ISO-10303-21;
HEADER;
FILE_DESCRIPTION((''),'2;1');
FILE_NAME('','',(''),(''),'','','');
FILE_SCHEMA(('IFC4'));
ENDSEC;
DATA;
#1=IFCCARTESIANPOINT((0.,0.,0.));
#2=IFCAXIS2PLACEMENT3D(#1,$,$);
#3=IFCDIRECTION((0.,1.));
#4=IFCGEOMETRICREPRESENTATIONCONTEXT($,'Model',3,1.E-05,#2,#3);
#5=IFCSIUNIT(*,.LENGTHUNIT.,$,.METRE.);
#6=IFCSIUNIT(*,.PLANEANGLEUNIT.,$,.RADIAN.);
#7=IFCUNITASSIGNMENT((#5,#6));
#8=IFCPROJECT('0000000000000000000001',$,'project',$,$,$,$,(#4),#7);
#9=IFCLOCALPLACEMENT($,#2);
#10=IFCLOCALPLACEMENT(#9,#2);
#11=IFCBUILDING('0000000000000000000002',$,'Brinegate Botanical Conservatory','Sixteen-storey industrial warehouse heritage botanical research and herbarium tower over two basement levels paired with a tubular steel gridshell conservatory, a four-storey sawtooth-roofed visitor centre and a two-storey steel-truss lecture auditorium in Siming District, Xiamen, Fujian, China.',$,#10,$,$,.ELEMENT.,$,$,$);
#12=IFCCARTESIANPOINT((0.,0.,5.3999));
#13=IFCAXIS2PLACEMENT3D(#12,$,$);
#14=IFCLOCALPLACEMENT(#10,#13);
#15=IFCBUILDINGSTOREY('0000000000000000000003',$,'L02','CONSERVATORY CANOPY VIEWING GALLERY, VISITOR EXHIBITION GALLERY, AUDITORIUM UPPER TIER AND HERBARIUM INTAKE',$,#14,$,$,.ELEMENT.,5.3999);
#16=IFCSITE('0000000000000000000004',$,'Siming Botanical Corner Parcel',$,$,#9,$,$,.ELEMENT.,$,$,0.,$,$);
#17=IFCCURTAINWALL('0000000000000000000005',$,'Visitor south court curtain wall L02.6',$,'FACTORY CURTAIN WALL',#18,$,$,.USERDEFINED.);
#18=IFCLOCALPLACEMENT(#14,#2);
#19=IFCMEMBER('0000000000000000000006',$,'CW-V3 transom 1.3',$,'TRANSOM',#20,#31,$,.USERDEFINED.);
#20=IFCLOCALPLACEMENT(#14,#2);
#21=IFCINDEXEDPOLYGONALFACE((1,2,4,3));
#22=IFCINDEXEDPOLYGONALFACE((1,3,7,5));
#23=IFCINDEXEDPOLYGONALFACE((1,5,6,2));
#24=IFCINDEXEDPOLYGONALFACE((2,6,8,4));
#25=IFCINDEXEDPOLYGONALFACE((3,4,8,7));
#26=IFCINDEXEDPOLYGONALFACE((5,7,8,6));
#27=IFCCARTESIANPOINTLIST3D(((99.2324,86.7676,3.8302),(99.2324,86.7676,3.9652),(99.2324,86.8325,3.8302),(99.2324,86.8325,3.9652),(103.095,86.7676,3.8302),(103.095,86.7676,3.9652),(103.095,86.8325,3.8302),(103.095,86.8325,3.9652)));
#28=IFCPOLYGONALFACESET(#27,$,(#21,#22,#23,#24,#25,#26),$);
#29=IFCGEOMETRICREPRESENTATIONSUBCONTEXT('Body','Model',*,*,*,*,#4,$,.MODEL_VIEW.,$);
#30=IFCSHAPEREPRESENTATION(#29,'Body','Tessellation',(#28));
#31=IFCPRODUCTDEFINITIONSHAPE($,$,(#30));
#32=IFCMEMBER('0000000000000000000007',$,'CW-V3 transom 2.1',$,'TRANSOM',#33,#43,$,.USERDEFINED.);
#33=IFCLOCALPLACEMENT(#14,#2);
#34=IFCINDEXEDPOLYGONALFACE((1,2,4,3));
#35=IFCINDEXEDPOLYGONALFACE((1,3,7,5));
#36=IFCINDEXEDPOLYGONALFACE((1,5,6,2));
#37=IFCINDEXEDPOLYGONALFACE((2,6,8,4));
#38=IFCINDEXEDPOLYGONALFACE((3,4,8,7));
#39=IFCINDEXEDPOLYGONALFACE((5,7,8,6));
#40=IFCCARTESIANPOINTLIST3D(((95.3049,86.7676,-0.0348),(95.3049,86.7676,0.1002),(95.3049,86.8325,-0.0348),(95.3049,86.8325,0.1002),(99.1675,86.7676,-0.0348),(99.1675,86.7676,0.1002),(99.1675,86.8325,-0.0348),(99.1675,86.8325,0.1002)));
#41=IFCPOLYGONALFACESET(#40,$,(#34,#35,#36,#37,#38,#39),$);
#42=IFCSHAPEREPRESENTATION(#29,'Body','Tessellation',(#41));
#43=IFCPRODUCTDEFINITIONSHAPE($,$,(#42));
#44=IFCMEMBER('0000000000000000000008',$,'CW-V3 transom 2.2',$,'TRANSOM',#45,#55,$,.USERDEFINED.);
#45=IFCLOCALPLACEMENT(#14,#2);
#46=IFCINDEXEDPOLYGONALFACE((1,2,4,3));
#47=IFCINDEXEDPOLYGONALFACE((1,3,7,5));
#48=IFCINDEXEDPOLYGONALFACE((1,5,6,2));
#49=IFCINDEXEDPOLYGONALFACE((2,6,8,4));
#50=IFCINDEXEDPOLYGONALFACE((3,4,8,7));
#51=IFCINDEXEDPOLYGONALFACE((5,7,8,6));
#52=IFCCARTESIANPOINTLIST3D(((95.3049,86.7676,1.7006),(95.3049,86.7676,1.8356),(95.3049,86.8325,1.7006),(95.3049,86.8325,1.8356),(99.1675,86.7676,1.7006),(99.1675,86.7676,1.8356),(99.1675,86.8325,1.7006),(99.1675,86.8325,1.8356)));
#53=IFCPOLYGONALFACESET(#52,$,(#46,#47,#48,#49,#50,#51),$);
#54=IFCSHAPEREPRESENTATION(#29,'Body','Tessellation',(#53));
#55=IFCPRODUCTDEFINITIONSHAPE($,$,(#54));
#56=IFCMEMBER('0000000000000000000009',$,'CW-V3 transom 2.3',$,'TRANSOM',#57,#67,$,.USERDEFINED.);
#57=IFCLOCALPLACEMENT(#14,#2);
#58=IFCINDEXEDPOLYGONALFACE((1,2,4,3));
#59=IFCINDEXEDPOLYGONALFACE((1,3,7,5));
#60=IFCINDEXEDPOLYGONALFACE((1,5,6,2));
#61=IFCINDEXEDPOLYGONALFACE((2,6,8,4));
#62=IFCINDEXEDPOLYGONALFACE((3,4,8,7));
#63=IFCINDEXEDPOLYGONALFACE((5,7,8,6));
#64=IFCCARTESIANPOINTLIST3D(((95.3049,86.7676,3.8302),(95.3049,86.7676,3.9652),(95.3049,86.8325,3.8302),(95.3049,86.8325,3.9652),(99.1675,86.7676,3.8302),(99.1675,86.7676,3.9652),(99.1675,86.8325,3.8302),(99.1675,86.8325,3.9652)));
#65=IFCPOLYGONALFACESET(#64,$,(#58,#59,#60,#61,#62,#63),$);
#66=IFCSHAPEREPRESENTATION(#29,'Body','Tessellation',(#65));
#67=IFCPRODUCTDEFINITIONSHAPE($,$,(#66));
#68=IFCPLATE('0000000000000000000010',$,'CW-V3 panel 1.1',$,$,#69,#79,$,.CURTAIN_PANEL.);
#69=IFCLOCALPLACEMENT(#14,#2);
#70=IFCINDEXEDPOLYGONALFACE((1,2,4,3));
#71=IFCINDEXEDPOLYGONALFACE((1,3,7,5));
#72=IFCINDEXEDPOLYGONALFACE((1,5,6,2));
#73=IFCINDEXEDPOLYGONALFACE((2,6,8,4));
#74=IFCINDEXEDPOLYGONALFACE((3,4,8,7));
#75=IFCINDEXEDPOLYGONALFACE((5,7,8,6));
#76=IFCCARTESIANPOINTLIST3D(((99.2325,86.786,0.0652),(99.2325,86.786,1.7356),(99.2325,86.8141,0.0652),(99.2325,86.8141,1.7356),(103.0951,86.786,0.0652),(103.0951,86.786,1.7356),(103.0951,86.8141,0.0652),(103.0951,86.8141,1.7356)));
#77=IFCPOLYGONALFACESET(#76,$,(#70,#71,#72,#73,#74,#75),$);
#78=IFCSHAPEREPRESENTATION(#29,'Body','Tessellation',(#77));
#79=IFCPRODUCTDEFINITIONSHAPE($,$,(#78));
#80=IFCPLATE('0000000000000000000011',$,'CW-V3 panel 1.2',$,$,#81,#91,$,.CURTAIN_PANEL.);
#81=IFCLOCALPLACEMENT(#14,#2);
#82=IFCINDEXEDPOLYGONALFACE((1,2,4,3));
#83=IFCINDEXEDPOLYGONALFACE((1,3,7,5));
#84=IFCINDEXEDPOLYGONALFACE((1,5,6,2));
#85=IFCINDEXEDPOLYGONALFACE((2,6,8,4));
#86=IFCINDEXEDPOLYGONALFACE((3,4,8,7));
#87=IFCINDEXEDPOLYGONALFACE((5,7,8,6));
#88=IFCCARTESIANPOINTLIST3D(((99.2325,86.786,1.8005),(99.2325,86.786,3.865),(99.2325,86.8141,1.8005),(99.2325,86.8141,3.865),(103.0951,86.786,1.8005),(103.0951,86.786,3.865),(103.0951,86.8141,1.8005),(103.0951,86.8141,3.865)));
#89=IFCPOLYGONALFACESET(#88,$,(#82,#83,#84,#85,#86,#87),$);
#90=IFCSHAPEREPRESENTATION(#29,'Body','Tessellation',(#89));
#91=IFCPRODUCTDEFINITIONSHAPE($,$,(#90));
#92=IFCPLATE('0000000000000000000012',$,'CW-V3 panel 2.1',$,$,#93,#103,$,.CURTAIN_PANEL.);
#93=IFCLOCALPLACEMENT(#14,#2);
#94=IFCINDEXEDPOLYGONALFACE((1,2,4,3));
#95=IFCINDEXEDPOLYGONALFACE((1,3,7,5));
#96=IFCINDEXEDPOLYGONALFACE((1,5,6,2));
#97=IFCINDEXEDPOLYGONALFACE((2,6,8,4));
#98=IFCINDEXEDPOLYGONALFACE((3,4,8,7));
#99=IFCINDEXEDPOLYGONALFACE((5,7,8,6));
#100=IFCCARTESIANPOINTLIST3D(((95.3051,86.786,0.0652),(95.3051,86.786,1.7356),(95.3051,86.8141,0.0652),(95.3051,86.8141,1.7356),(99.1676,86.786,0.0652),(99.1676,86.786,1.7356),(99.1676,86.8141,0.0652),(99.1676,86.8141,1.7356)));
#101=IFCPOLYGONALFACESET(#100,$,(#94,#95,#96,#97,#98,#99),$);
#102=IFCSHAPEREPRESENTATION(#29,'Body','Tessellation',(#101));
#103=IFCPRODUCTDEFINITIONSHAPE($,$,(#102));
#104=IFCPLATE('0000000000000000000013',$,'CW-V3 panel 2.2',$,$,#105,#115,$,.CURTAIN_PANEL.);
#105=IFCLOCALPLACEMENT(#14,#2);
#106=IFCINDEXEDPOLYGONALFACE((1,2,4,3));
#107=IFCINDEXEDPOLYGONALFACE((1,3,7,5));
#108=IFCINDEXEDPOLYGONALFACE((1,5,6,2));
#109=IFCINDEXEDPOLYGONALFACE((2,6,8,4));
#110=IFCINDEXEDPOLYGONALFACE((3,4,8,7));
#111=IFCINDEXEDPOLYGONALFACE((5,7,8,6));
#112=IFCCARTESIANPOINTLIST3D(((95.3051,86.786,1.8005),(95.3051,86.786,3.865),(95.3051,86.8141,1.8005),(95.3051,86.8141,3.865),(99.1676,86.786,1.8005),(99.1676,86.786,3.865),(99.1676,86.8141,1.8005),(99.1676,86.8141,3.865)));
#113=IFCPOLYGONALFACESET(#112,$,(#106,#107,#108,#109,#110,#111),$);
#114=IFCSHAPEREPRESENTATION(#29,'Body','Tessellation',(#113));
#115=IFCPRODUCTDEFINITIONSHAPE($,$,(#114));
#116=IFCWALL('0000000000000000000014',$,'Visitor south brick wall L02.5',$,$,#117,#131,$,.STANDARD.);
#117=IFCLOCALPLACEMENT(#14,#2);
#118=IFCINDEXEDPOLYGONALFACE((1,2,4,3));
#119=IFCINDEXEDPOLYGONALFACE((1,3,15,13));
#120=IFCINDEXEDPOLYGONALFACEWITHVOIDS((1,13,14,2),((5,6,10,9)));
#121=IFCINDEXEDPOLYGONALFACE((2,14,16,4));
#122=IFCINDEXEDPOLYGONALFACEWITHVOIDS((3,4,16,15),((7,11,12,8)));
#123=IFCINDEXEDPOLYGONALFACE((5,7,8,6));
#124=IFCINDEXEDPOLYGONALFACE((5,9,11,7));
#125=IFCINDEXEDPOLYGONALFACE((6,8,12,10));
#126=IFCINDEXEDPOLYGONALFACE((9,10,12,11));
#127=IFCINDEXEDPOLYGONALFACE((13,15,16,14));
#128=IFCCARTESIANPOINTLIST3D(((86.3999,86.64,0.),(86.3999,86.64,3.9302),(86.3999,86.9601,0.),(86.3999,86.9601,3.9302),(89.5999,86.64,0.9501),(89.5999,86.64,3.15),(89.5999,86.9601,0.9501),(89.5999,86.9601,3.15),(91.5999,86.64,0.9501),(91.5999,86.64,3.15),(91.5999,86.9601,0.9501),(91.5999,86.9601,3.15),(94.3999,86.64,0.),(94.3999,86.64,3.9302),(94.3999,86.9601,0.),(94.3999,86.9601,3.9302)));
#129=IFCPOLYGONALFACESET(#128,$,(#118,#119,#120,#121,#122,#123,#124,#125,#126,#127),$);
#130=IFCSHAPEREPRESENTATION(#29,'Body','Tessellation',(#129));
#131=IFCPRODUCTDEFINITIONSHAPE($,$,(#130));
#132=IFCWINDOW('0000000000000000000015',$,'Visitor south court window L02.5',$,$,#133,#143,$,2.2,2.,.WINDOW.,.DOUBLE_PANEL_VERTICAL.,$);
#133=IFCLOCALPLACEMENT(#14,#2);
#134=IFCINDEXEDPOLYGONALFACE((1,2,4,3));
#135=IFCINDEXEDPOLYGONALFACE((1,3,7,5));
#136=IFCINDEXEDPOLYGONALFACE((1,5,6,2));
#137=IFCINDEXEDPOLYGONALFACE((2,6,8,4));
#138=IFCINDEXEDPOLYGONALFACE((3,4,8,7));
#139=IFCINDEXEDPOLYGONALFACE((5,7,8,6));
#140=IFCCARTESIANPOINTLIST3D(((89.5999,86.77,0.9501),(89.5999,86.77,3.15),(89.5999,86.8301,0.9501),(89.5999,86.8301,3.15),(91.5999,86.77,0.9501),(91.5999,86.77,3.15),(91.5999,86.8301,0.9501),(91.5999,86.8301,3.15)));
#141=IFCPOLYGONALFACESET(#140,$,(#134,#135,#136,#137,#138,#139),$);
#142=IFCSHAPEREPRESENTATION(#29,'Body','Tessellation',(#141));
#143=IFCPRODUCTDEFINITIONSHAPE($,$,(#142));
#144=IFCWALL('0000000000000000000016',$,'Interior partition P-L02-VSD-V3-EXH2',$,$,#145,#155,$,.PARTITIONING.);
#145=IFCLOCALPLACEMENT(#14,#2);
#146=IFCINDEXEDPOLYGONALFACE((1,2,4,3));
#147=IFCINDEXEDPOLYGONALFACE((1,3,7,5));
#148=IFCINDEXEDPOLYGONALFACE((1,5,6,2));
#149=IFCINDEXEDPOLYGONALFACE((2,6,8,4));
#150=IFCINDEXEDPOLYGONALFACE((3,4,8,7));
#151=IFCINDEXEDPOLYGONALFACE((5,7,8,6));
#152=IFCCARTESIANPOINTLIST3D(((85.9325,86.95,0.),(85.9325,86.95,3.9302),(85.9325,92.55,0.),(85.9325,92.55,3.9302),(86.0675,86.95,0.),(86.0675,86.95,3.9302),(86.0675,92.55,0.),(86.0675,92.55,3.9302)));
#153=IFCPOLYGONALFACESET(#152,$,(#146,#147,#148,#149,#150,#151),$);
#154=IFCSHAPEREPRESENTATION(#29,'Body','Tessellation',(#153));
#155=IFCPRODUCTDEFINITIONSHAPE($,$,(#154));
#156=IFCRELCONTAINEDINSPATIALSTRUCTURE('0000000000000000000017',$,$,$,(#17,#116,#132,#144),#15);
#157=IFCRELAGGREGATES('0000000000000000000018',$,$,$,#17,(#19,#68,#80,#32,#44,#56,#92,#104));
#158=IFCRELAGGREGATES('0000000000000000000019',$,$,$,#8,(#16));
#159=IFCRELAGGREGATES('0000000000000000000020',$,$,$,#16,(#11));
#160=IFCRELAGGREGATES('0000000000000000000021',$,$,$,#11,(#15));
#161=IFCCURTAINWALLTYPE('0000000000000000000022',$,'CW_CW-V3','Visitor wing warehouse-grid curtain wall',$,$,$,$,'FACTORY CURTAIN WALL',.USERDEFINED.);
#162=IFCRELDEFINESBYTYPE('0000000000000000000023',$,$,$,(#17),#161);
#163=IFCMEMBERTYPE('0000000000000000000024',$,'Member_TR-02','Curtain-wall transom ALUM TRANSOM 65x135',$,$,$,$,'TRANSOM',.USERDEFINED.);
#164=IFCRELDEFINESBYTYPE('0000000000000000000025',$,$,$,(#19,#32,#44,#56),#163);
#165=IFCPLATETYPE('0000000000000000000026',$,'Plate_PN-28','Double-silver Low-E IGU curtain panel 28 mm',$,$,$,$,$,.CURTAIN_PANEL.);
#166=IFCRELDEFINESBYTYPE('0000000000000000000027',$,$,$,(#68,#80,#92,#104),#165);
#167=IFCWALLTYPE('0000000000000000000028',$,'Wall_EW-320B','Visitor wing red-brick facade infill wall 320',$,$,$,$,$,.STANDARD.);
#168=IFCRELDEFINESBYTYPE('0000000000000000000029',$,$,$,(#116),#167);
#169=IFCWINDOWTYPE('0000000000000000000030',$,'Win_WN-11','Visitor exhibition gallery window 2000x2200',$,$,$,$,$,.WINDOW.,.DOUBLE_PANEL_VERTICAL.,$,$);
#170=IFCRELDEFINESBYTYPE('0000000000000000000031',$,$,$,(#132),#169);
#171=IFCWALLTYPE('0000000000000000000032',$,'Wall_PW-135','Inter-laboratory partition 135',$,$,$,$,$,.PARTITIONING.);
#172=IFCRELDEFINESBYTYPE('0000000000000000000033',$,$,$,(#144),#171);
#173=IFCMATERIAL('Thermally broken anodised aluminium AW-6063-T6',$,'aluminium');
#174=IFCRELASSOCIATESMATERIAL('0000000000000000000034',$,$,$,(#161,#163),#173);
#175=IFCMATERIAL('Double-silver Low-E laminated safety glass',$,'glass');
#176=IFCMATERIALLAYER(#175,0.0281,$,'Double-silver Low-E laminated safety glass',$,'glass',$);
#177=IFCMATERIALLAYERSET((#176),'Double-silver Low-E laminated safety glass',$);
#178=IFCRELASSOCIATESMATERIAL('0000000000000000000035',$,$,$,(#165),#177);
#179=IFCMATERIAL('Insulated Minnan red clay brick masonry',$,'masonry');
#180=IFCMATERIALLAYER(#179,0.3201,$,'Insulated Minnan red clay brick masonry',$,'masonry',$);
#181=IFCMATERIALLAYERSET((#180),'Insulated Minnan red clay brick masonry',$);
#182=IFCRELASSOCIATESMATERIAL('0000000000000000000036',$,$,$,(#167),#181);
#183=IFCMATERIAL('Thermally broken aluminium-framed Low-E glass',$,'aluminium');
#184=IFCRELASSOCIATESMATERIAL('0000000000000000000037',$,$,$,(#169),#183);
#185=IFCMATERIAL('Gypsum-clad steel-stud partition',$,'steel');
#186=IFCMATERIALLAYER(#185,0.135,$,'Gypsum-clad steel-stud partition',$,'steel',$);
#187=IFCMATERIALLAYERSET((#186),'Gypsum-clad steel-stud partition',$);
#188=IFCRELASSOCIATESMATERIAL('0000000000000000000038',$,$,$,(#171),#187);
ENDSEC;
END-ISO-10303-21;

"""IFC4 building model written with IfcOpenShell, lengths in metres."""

from ifc_helpers import new_model, si_unit, direction, frame, frame_2d, origin, origin_2d, place, context, subcontext, project, spatial, rectangle, extrude, material, layer, layer_set, material_profile, profile_set, type_object, element, fill, aggregate, save


model = new_model("IFC4")

# Units and contexts
model_context = context("Model", 3, precision=1e-05, world=origin(), true_north=direction((0.0, 1.0)))
body_context = subcontext(model_context, "Body", "Model", "MODEL_VIEW")
ifc_project = project(units=[si_unit("LENGTHUNIT", "METRE"), si_unit("PLANEANGLEUNIT", "RADIAN")], contexts=[model_context])

# Site, building, storey
site_placement = place(None, origin())
site = spatial("IfcSite", under=ifc_project, at=site_placement, Name="Siming Botanical Corner Parcel", CompositionType="ELEMENT", RefElevation=0.0)
building_placement = place(site_placement, origin())
building = spatial("IfcBuilding", under=site, at=building_placement, Name="Brinegate Botanical Conservatory", Description="Sixteen-storey industrial warehouse heritage botanical research and herbarium tower over two basement levels paired with a tubular steel gridshell conservatory, a four-storey sawtooth-roofed visitor centre and a two-storey steel-truss lecture auditorium in Siming District, Xiamen, Fujian, China.", CompositionType="ELEMENT")
storey_placement = place(building_placement, frame((0.0, 0.0, 5.3999)))
storey = spatial("IfcBuildingStorey", under=building, at=storey_placement, Name="L02", Description="CONSERVATORY CANOPY VIEWING GALLERY, VISITOR EXHIBITION GALLERY, AUDITORIUM UPPER TIER AND HERBARIUM INTAKE", CompositionType="ELEMENT", Elevation=5.3999)

# Curtain wall, members, plates
ifc_material_1 = material(Name="Thermally broken anodised aluminium AW-6063-T6", Category="aluminium")
curtain_wall_type = type_object("IfcCurtainWallType", Name="CW_CW-V3", Description="Visitor wing warehouse-grid curtain wall", ElementType="FACTORY CURTAIN WALL", PredefinedType="USERDEFINED", material=ifc_material_1)
curtain_wall_placement = place(storey_placement, origin())
curtain_wall = element("IfcCurtainWall", 1, at=curtain_wall_placement, inside=storey, type_object=curtain_wall_type, Name="Visitor south court curtain wall L02.6", ObjectType="FACTORY CURTAIN WALL", PredefinedType="USERDEFINED")
ifc_material_profile_1 = material_profile(ifc_material_1, rectangle(XDim=0.0649, YDim=0.135, at=origin_2d()), Name="ALUM TRANSOM 65x135")
ifc_profile_set_1 = profile_set([ifc_material_profile_1], Name="Thermally broken anodised aluminium AW-6063-T6")
member_type_1 = type_object("IfcMemberType", Name="Member_TR-02", Description="Curtain-wall transom ALUM TRANSOM 65x135", ElementType="TRANSOM", PredefinedType="USERDEFINED", material=ifc_profile_set_1)
member_1_placement = place(storey_placement, frame((103.095, 86.8, 3.8977), z_axis=(-1.0, 0.0, 0.0), x_axis=(0.0, -1.0, 0.0)))
member_1 = element("IfcMember", 2, at=member_1_placement, type_object=member_type_1, Name="CW-V3 transom 1.3", ObjectType="TRANSOM", PredefinedType="USERDEFINED", context=body_context, shape_type="SweptSolid", body=[
    extrude(rectangle(XDim=0.0649, YDim=0.135, at=origin_2d()), origin(), (0.0, 0.0, 1.0), 3.8625),
])
member_2_placement = place(storey_placement, frame((99.1675, 86.8, 0.0327), z_axis=(-1.0, 0.0, 0.0), x_axis=(0.0, -1.0, 0.0)))
member_2 = element("IfcMember", 3, at=member_2_placement, type_object=member_type_1, Name="CW-V3 transom 2.1", ObjectType="TRANSOM", PredefinedType="USERDEFINED", context=body_context, shape_type="SweptSolid", body=[
    extrude(rectangle(XDim=0.0649, YDim=0.135, at=origin_2d()), origin(), (0.0, 0.0, 1.0), 3.8625),
])
member_3_placement = place(storey_placement, frame((99.1675, 86.8, 1.7681), z_axis=(-1.0, 0.0, 0.0), x_axis=(0.0, -1.0, 0.0)))
member_3 = element("IfcMember", 4, at=member_3_placement, type_object=member_type_1, Name="CW-V3 transom 2.2", ObjectType="TRANSOM", PredefinedType="USERDEFINED", context=body_context, shape_type="SweptSolid", body=[
    extrude(rectangle(XDim=0.0649, YDim=0.135, at=origin_2d()), origin(), (0.0, 0.0, 1.0), 3.8625),
])
member_4_placement = place(storey_placement, frame((99.1675, 86.8, 3.8977), z_axis=(-1.0, 0.0, 0.0), x_axis=(0.0, -1.0, 0.0)))
member_4 = element("IfcMember", 5, at=member_4_placement, type_object=member_type_1, Name="CW-V3 transom 2.3", ObjectType="TRANSOM", PredefinedType="USERDEFINED", context=body_context, shape_type="SweptSolid", body=[
    extrude(rectangle(XDim=0.0649, YDim=0.135, at=origin_2d()), origin(), (0.0, 0.0, 1.0), 3.8625),
])
ifc_material_2 = material(Name="Double-silver Low-E laminated safety glass", Category="glass")
ifc_layer_1 = layer(ifc_material_2, 0.0281, Name="Double-silver Low-E laminated safety glass", Category="glass")
ifc_layer_set_1 = layer_set([ifc_layer_1], Name="Double-silver Low-E laminated safety glass")
plate_type = type_object("IfcPlateType", Name="Plate_PN-28", Description="Double-silver Low-E IGU curtain panel 28 mm", PredefinedType="CURTAIN_PANEL", material=ifc_layer_set_1)
plate_1_placement = place(storey_placement, frame((101.1638, 86.8, 0.0652), z_axis=(0.0, 0.0, 1.0), x_axis=(-1.0, 0.0, 0.0)))
plate_1 = element("IfcPlate", 6, at=plate_1_placement, type_object=plate_type, Name="CW-V3 panel 1.1", PredefinedType="CURTAIN_PANEL", context=body_context, shape_type="SweptSolid", body=[
    extrude(rectangle(XDim=3.8625, YDim=0.0281, at=origin_2d()), origin(), (0.0, 0.0, 1.0), 1.6704),
])
plate_2_placement = place(storey_placement, frame((101.1638, 86.8, 1.8005), z_axis=(0.0, 0.0, 1.0), x_axis=(-1.0, 0.0, 0.0)))
plate_2 = element("IfcPlate", 7, at=plate_2_placement, type_object=plate_type, Name="CW-V3 panel 1.2", PredefinedType="CURTAIN_PANEL", context=body_context, shape_type="SweptSolid", body=[
    extrude(rectangle(XDim=3.8625, YDim=0.0281, at=origin_2d()), origin(), (0.0, 0.0, 1.0), 2.0645),
])
plate_3_placement = place(storey_placement, frame((97.2363, 86.8, 0.0652), z_axis=(0.0, 0.0, 1.0), x_axis=(-1.0, 0.0, 0.0)))
plate_3 = element("IfcPlate", 8, at=plate_3_placement, type_object=plate_type, Name="CW-V3 panel 2.1", PredefinedType="CURTAIN_PANEL", context=body_context, shape_type="SweptSolid", body=[
    extrude(rectangle(XDim=3.8625, YDim=0.0281, at=origin_2d()), origin(), (0.0, 0.0, 1.0), 1.6704),
])
plate_4_placement = place(storey_placement, frame((97.2363, 86.8, 1.8005), z_axis=(0.0, 0.0, 1.0), x_axis=(-1.0, 0.0, 0.0)))
plate_4 = element("IfcPlate", 9, at=plate_4_placement, type_object=plate_type, Name="CW-V3 panel 2.2", PredefinedType="CURTAIN_PANEL", context=body_context, shape_type="SweptSolid", body=[
    extrude(rectangle(XDim=3.8625, YDim=0.0281, at=origin_2d()), origin(), (0.0, 0.0, 1.0), 2.0645),
])
aggregate(curtain_wall, [member_1, plate_1, plate_2, member_2, member_3, member_4, plate_3, plate_4])

# Wall, opening, window
ifc_material_3 = material(Name="Insulated Minnan red clay brick masonry", Category="masonry")
ifc_layer_2 = layer(ifc_material_3, 0.3201, Name="Insulated Minnan red clay brick masonry", Category="masonry")
ifc_layer_set_2 = layer_set([ifc_layer_2], Name="Insulated Minnan red clay brick masonry")
wall_type_1 = type_object("IfcWallType", Name="Wall_EW-320B", Description="Visitor wing red-brick facade infill wall 320", PredefinedType="STANDARD", material=ifc_layer_set_2)
wall_1_placement = place(storey_placement, frame((94.3999, 86.8, 0.0), z_axis=(0.0, 0.0, 1.0), x_axis=(-1.0, 0.0, 0.0)))
wall_1 = element("IfcWall", 10, at=wall_1_placement, inside=storey, type_object=wall_type_1, Name="Visitor south brick wall L02.5", PredefinedType="STANDARD", context=body_context, shape_type="SweptSolid", body=[
    extrude(rectangle(XDim=8.0, YDim=0.3201, at=frame_2d((4.0, 0.0))), origin(), (0.0, 0.0, 1.0), 3.9302),
])
opening_1_placement = place(wall_1_placement, frame((2.8, 0.0, 0.95)))
opening_1 = element("IfcOpeningElement", 11, at=opening_1_placement, cuts=wall_1, PredefinedType="OPENING", context=body_context, shape_type="SweptSolid", body=[
    extrude(rectangle(XDim=2.0, YDim=2.2, at=frame_2d((1.0, 1.1001))), frame((0.0, 0.1699, 0.0), z_axis=(0.0, -1.0, 0.0), x_axis=(1.0, 0.0, 0.0)), (0.0, 0.0, 1.0), 0.3401),
])
ifc_material_4 = material(Name="Thermally broken aluminium-framed Low-E glass", Category="aluminium")
window_type = type_object("IfcWindowType", Name="Win_WN-11", Description="Visitor exhibition gallery window 2000x2200", PartitioningType="DOUBLE_PANEL_VERTICAL", PredefinedType="WINDOW", material=ifc_material_4)
window_placement = place(opening_1_placement, origin())
window = element("IfcWindow", 12, at=window_placement, inside=storey, type_object=window_type, Name="Visitor south court window L02.5", OverallHeight=2.2, OverallWidth=2.0, PartitioningType="DOUBLE_PANEL_VERTICAL", PredefinedType="WINDOW", context=body_context, shape_type="SweptSolid", body=[
    extrude(rectangle(XDim=2.0, YDim=2.2, at=frame_2d((1.0, 1.1001))), frame((0.0, 0.03, 0.0), z_axis=(0.0, -1.0, 0.0), x_axis=(1.0, 0.0, 0.0)), (0.0, 0.0, 1.0), 0.0601),
])
fill(opening_1, window)

# Wall
ifc_material_5 = material(Name="Gypsum-clad steel-stud partition", Category="steel")
ifc_layer_3 = layer(ifc_material_5, 0.135, Name="Gypsum-clad steel-stud partition", Category="steel")
ifc_layer_set_3 = layer_set([ifc_layer_3], Name="Gypsum-clad steel-stud partition")
wall_type_2 = type_object("IfcWallType", Name="Wall_PW-135", Description="Inter-laboratory partition 135", PredefinedType="PARTITIONING", material=ifc_layer_set_3)
wall_2_placement = place(storey_placement, frame((86.0, 86.95, 0.0), z_axis=(0.0, 0.0, 1.0), x_axis=(0.0, 1.0, 0.0)))
element("IfcWall", 13, at=wall_2_placement, inside=storey, type_object=wall_type_2, Name="Interior partition P-L02-VSD-V3-EXH2", PredefinedType="PARTITIONING", context=body_context, shape_type="SweptSolid", body=[
    extrude(rectangle(XDim=5.6001, YDim=0.135, at=frame_2d((2.8, 0.0))), origin(), (0.0, 0.0, 1.0), 3.9302),
])

save(model, "model.ifc")
